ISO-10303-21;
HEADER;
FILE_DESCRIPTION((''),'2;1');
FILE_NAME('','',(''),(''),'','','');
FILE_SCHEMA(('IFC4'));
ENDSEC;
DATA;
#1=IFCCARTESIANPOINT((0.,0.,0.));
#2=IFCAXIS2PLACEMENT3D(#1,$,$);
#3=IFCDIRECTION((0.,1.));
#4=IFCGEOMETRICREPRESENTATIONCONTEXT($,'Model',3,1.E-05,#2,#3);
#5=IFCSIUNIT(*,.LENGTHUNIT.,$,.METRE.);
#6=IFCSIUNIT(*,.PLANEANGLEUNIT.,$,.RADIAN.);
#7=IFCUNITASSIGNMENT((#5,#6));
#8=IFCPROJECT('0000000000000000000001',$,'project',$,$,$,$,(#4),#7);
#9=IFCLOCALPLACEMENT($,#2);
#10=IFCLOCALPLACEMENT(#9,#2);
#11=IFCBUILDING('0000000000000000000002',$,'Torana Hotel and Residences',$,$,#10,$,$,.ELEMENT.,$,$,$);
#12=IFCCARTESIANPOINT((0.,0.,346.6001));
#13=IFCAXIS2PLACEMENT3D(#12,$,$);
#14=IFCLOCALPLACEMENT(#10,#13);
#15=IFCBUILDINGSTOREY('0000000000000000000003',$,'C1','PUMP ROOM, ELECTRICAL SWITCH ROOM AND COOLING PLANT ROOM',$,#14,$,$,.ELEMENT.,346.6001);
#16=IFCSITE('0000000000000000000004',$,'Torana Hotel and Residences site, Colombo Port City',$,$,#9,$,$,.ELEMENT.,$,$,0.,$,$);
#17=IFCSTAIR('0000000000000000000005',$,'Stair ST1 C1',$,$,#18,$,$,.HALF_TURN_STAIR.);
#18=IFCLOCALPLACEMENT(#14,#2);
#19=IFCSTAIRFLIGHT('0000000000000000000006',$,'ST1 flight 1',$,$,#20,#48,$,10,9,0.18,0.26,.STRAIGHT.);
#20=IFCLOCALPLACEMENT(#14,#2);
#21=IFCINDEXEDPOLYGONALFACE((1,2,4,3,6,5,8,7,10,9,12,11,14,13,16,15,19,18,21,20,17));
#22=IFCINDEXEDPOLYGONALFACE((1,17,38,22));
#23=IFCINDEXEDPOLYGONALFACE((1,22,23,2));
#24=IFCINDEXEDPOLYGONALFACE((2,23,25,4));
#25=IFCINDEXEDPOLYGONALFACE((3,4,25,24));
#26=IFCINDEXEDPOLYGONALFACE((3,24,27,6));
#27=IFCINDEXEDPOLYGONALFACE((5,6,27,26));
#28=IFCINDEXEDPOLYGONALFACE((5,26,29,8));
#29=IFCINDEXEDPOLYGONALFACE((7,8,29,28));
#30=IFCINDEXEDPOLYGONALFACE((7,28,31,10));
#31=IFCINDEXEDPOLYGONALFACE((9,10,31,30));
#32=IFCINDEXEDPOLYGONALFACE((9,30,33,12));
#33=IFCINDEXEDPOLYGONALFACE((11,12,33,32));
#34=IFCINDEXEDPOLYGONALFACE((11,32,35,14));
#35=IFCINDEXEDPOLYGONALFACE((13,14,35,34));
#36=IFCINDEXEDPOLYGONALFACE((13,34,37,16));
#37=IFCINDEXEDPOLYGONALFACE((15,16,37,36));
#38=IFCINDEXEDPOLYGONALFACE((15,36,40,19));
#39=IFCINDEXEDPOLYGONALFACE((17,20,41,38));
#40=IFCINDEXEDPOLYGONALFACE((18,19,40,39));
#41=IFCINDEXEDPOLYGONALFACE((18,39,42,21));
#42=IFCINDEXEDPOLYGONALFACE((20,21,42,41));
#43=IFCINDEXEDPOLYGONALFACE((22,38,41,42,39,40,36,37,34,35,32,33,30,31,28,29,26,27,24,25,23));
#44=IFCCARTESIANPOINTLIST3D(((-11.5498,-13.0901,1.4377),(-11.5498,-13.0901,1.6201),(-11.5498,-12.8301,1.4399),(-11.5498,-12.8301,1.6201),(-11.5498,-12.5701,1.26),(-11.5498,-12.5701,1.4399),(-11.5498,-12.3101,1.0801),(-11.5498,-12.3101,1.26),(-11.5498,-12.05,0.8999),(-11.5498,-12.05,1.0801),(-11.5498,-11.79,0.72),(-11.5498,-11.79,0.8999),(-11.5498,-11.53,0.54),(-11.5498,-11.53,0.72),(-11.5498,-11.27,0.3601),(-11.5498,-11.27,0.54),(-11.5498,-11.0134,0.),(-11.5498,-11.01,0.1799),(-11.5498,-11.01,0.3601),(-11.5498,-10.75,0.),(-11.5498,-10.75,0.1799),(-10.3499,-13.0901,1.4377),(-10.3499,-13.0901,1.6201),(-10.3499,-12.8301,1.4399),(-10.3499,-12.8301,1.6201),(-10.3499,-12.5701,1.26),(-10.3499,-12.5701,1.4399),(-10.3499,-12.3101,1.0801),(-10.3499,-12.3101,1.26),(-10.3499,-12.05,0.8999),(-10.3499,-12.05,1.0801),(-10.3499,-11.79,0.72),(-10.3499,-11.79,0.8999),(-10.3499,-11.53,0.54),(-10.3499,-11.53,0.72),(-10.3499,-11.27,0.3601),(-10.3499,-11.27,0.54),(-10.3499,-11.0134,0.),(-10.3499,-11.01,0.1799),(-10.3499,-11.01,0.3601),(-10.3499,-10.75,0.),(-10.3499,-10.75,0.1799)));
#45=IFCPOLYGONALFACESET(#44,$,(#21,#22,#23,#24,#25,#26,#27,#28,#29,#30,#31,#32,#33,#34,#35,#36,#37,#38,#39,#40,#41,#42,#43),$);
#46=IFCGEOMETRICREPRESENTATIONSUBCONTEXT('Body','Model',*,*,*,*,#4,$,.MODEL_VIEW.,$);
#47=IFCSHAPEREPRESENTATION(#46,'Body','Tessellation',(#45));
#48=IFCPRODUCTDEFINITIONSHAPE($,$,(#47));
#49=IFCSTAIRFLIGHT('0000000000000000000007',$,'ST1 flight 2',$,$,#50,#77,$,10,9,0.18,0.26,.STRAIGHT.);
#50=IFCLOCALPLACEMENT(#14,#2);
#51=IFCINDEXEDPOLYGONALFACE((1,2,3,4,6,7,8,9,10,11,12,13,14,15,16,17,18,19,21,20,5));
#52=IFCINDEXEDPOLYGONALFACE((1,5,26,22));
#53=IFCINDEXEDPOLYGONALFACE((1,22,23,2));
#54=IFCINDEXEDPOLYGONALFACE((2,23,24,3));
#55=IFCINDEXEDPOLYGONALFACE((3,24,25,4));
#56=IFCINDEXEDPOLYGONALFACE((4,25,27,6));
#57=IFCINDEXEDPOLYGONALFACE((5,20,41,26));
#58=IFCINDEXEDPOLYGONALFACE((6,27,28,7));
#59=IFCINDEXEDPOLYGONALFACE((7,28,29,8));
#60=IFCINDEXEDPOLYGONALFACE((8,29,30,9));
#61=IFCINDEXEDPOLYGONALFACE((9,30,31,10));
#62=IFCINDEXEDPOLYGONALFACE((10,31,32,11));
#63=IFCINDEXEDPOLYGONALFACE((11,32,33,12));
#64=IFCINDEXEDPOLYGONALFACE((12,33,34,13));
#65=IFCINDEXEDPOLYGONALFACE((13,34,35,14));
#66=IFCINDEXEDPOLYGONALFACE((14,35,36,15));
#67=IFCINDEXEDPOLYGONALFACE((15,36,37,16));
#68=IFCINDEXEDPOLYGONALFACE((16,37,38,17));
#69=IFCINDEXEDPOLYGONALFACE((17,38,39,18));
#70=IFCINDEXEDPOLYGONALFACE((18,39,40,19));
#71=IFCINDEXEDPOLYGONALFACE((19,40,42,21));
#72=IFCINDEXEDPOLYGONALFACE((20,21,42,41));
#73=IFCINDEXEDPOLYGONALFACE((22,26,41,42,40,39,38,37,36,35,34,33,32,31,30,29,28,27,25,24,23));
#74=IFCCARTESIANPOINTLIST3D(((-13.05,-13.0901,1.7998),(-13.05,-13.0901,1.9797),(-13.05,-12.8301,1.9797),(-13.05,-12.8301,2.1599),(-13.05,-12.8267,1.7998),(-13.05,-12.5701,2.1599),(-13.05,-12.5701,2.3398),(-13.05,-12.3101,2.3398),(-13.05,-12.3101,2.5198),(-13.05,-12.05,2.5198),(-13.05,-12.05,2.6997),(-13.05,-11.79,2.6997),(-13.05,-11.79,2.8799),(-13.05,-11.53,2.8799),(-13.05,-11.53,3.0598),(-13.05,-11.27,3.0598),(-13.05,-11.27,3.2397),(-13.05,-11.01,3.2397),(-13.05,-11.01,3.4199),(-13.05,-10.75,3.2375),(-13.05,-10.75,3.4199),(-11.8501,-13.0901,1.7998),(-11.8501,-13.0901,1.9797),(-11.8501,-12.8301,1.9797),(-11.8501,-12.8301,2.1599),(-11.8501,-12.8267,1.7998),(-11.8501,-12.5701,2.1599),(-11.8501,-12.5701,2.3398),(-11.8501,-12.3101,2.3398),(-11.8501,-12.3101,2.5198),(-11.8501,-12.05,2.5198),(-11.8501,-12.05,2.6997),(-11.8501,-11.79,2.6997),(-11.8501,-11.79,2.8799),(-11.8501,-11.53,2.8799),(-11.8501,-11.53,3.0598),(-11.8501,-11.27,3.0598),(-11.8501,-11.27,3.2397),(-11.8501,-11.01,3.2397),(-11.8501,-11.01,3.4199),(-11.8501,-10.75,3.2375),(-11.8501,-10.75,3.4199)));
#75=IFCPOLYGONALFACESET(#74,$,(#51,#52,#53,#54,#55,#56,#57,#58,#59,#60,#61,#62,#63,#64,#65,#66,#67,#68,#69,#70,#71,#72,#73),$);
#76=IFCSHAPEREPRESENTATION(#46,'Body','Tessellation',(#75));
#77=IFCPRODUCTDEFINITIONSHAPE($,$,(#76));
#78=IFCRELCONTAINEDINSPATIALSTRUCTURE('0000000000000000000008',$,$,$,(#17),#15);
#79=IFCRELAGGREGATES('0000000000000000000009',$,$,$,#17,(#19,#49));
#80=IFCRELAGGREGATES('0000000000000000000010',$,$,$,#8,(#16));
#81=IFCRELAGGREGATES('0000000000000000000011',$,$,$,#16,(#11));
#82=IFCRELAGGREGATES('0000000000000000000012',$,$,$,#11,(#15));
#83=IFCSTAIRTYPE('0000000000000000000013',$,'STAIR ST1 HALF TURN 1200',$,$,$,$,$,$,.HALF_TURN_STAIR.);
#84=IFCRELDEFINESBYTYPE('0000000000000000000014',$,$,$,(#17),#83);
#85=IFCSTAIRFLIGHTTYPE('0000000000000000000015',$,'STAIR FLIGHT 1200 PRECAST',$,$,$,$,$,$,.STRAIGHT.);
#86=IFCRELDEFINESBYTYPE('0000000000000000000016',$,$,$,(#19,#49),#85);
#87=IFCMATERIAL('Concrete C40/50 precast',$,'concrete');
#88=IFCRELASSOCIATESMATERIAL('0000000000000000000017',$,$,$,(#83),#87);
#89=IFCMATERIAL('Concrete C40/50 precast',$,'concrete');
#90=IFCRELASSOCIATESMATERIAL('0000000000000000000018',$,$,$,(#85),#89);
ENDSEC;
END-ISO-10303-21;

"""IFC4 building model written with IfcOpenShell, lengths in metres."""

from ifc_helpers import new_model, si_unit, direction, frame, origin, place, context, subcontext, project, spatial, polyline, outline, extrude, material, type_object, element, aggregate, save


model = new_model("IFC4")

# Units and contexts
model_context = context("Model", 3, precision=1e-05, world=origin(), true_north=direction((0.0, 1.0)))
body_context = subcontext(model_context, "Body", "Model", "MODEL_VIEW")
ifc_project = project(units=[si_unit("LENGTHUNIT", "METRE"), si_unit("PLANEANGLEUNIT", "RADIAN")], contexts=[model_context])

# Site, building, storey
site_placement = place(None, origin())
site = spatial("IfcSite", under=ifc_project, at=site_placement, Name="Torana Hotel and Residences site, Colombo Port City", CompositionType="ELEMENT", RefElevation=0.0)
building_placement = place(site_placement, origin())
building = spatial("IfcBuilding", under=site, at=building_placement, Name="Torana Hotel and Residences", CompositionType="ELEMENT")
storey_placement = place(building_placement, frame((0.0, 0.0, 346.6001)))
storey = spatial("IfcBuildingStorey", under=building, at=storey_placement, Name="C1", Description="PUMP ROOM, ELECTRICAL SWITCH ROOM AND COOLING PLANT ROOM", CompositionType="ELEMENT", Elevation=346.6001)

# Stair, stair flights
ifc_material_1 = material(Name="Concrete C40/50 precast", Category="concrete")
stair_type = type_object("IfcStairType", Name="STAIR ST1 HALF TURN 1200", PredefinedType="HALF_TURN_STAIR", material=ifc_material_1)
stair_placement = place(storey_placement, origin())
stair = element("IfcStair", 1, at=stair_placement, inside=storey, type_object=stair_type, Name="Stair ST1 C1", PredefinedType="HALF_TURN_STAIR")
ifc_material_2 = material(Name="Concrete C40/50 precast", Category="concrete")
stair_flight_type = type_object("IfcStairFlightType", Name="STAIR FLIGHT 1200 PRECAST", PredefinedType="STRAIGHT", material=ifc_material_2)
stair_flight_1_placement = place(storey_placement, frame((-10.95, -10.75, 0.0), z_axis=(0.0, 0.0, 1.0), x_axis=(0.0, -1.0, 0.0)))
stair_flight_1 = element("IfcStairFlight", 2, at=stair_flight_1_placement, type_object=stair_flight_type, Name="ST1 flight 1", NumberOfRisers=10, NumberOfTreads=9, PredefinedType="STRAIGHT", RiserHeight=0.18, TreadLength=0.26, context=body_context, shape_type="SweptSolid", body=[
    extrude(outline(polyline([(0.0, 0.0), (0.0, 0.1799), (0.26, 0.1799), (0.26, 0.3601), (0.52, 0.3601), (0.52, 0.54), (0.78, 0.54), (0.78, 0.72), (1.04, 0.72), (1.04, 0.8999), (1.3, 0.8999), (1.3, 1.0801), (1.5601, 1.0801), (1.5601, 1.26), (1.8201, 1.26), (1.8201, 1.4399), (2.0801, 1.4399), (2.0801, 1.6201), (2.3401, 1.6201), (2.3401, 1.8), (2.3401, 1.4377), (0.2634, 0.0), (0.0, 0.0)])), frame((0.0, 0.6001, 0.0), z_axis=(0.0, -1.0, 0.0), x_axis=(1.0, 0.0, 0.0)), (0.0, 0.0, 1.0), 1.2),
])
stair_flight_2_placement = place(storey_placement, frame((-12.45, -13.0901, 1.7998), z_axis=(0.0, 0.0, 1.0), x_axis=(0.0, 1.0, 0.0)))
stair_flight_2 = element("IfcStairFlight", 3, at=stair_flight_2_placement, type_object=stair_flight_type, Name="ST1 flight 2", NumberOfRisers=10, NumberOfTreads=9, PredefinedType="STRAIGHT", RiserHeight=0.18, TreadLength=0.26, context=body_context, shape_type="SweptSolid", body=[
    extrude(outline(polyline([(0.0, 0.0), (0.0, 0.1799), (0.26, 0.1799), (0.26, 0.3601), (0.52, 0.3601), (0.52, 0.54), (0.78, 0.54), (0.78, 0.72), (1.04, 0.72), (1.04, 0.8999), (1.3, 0.8999), (1.3, 1.0801), (1.5601, 1.0801), (1.5601, 1.26), (1.8201, 1.26), (1.8201, 1.4399), (2.0801, 1.4399), (2.0801, 1.6201), (2.3401, 1.6201), (2.3401, 1.8), (2.3401, 1.4377), (0.2634, 0.0), (0.0, 0.0)])), frame((0.0, 0.6001, 0.0), z_axis=(0.0, -1.0, 0.0), x_axis=(1.0, 0.0, 0.0)), (0.0, 0.0, 1.0), 1.2),
])
aggregate(stair, [stair_flight_1, stair_flight_2])

save(model, "model.ifc")
